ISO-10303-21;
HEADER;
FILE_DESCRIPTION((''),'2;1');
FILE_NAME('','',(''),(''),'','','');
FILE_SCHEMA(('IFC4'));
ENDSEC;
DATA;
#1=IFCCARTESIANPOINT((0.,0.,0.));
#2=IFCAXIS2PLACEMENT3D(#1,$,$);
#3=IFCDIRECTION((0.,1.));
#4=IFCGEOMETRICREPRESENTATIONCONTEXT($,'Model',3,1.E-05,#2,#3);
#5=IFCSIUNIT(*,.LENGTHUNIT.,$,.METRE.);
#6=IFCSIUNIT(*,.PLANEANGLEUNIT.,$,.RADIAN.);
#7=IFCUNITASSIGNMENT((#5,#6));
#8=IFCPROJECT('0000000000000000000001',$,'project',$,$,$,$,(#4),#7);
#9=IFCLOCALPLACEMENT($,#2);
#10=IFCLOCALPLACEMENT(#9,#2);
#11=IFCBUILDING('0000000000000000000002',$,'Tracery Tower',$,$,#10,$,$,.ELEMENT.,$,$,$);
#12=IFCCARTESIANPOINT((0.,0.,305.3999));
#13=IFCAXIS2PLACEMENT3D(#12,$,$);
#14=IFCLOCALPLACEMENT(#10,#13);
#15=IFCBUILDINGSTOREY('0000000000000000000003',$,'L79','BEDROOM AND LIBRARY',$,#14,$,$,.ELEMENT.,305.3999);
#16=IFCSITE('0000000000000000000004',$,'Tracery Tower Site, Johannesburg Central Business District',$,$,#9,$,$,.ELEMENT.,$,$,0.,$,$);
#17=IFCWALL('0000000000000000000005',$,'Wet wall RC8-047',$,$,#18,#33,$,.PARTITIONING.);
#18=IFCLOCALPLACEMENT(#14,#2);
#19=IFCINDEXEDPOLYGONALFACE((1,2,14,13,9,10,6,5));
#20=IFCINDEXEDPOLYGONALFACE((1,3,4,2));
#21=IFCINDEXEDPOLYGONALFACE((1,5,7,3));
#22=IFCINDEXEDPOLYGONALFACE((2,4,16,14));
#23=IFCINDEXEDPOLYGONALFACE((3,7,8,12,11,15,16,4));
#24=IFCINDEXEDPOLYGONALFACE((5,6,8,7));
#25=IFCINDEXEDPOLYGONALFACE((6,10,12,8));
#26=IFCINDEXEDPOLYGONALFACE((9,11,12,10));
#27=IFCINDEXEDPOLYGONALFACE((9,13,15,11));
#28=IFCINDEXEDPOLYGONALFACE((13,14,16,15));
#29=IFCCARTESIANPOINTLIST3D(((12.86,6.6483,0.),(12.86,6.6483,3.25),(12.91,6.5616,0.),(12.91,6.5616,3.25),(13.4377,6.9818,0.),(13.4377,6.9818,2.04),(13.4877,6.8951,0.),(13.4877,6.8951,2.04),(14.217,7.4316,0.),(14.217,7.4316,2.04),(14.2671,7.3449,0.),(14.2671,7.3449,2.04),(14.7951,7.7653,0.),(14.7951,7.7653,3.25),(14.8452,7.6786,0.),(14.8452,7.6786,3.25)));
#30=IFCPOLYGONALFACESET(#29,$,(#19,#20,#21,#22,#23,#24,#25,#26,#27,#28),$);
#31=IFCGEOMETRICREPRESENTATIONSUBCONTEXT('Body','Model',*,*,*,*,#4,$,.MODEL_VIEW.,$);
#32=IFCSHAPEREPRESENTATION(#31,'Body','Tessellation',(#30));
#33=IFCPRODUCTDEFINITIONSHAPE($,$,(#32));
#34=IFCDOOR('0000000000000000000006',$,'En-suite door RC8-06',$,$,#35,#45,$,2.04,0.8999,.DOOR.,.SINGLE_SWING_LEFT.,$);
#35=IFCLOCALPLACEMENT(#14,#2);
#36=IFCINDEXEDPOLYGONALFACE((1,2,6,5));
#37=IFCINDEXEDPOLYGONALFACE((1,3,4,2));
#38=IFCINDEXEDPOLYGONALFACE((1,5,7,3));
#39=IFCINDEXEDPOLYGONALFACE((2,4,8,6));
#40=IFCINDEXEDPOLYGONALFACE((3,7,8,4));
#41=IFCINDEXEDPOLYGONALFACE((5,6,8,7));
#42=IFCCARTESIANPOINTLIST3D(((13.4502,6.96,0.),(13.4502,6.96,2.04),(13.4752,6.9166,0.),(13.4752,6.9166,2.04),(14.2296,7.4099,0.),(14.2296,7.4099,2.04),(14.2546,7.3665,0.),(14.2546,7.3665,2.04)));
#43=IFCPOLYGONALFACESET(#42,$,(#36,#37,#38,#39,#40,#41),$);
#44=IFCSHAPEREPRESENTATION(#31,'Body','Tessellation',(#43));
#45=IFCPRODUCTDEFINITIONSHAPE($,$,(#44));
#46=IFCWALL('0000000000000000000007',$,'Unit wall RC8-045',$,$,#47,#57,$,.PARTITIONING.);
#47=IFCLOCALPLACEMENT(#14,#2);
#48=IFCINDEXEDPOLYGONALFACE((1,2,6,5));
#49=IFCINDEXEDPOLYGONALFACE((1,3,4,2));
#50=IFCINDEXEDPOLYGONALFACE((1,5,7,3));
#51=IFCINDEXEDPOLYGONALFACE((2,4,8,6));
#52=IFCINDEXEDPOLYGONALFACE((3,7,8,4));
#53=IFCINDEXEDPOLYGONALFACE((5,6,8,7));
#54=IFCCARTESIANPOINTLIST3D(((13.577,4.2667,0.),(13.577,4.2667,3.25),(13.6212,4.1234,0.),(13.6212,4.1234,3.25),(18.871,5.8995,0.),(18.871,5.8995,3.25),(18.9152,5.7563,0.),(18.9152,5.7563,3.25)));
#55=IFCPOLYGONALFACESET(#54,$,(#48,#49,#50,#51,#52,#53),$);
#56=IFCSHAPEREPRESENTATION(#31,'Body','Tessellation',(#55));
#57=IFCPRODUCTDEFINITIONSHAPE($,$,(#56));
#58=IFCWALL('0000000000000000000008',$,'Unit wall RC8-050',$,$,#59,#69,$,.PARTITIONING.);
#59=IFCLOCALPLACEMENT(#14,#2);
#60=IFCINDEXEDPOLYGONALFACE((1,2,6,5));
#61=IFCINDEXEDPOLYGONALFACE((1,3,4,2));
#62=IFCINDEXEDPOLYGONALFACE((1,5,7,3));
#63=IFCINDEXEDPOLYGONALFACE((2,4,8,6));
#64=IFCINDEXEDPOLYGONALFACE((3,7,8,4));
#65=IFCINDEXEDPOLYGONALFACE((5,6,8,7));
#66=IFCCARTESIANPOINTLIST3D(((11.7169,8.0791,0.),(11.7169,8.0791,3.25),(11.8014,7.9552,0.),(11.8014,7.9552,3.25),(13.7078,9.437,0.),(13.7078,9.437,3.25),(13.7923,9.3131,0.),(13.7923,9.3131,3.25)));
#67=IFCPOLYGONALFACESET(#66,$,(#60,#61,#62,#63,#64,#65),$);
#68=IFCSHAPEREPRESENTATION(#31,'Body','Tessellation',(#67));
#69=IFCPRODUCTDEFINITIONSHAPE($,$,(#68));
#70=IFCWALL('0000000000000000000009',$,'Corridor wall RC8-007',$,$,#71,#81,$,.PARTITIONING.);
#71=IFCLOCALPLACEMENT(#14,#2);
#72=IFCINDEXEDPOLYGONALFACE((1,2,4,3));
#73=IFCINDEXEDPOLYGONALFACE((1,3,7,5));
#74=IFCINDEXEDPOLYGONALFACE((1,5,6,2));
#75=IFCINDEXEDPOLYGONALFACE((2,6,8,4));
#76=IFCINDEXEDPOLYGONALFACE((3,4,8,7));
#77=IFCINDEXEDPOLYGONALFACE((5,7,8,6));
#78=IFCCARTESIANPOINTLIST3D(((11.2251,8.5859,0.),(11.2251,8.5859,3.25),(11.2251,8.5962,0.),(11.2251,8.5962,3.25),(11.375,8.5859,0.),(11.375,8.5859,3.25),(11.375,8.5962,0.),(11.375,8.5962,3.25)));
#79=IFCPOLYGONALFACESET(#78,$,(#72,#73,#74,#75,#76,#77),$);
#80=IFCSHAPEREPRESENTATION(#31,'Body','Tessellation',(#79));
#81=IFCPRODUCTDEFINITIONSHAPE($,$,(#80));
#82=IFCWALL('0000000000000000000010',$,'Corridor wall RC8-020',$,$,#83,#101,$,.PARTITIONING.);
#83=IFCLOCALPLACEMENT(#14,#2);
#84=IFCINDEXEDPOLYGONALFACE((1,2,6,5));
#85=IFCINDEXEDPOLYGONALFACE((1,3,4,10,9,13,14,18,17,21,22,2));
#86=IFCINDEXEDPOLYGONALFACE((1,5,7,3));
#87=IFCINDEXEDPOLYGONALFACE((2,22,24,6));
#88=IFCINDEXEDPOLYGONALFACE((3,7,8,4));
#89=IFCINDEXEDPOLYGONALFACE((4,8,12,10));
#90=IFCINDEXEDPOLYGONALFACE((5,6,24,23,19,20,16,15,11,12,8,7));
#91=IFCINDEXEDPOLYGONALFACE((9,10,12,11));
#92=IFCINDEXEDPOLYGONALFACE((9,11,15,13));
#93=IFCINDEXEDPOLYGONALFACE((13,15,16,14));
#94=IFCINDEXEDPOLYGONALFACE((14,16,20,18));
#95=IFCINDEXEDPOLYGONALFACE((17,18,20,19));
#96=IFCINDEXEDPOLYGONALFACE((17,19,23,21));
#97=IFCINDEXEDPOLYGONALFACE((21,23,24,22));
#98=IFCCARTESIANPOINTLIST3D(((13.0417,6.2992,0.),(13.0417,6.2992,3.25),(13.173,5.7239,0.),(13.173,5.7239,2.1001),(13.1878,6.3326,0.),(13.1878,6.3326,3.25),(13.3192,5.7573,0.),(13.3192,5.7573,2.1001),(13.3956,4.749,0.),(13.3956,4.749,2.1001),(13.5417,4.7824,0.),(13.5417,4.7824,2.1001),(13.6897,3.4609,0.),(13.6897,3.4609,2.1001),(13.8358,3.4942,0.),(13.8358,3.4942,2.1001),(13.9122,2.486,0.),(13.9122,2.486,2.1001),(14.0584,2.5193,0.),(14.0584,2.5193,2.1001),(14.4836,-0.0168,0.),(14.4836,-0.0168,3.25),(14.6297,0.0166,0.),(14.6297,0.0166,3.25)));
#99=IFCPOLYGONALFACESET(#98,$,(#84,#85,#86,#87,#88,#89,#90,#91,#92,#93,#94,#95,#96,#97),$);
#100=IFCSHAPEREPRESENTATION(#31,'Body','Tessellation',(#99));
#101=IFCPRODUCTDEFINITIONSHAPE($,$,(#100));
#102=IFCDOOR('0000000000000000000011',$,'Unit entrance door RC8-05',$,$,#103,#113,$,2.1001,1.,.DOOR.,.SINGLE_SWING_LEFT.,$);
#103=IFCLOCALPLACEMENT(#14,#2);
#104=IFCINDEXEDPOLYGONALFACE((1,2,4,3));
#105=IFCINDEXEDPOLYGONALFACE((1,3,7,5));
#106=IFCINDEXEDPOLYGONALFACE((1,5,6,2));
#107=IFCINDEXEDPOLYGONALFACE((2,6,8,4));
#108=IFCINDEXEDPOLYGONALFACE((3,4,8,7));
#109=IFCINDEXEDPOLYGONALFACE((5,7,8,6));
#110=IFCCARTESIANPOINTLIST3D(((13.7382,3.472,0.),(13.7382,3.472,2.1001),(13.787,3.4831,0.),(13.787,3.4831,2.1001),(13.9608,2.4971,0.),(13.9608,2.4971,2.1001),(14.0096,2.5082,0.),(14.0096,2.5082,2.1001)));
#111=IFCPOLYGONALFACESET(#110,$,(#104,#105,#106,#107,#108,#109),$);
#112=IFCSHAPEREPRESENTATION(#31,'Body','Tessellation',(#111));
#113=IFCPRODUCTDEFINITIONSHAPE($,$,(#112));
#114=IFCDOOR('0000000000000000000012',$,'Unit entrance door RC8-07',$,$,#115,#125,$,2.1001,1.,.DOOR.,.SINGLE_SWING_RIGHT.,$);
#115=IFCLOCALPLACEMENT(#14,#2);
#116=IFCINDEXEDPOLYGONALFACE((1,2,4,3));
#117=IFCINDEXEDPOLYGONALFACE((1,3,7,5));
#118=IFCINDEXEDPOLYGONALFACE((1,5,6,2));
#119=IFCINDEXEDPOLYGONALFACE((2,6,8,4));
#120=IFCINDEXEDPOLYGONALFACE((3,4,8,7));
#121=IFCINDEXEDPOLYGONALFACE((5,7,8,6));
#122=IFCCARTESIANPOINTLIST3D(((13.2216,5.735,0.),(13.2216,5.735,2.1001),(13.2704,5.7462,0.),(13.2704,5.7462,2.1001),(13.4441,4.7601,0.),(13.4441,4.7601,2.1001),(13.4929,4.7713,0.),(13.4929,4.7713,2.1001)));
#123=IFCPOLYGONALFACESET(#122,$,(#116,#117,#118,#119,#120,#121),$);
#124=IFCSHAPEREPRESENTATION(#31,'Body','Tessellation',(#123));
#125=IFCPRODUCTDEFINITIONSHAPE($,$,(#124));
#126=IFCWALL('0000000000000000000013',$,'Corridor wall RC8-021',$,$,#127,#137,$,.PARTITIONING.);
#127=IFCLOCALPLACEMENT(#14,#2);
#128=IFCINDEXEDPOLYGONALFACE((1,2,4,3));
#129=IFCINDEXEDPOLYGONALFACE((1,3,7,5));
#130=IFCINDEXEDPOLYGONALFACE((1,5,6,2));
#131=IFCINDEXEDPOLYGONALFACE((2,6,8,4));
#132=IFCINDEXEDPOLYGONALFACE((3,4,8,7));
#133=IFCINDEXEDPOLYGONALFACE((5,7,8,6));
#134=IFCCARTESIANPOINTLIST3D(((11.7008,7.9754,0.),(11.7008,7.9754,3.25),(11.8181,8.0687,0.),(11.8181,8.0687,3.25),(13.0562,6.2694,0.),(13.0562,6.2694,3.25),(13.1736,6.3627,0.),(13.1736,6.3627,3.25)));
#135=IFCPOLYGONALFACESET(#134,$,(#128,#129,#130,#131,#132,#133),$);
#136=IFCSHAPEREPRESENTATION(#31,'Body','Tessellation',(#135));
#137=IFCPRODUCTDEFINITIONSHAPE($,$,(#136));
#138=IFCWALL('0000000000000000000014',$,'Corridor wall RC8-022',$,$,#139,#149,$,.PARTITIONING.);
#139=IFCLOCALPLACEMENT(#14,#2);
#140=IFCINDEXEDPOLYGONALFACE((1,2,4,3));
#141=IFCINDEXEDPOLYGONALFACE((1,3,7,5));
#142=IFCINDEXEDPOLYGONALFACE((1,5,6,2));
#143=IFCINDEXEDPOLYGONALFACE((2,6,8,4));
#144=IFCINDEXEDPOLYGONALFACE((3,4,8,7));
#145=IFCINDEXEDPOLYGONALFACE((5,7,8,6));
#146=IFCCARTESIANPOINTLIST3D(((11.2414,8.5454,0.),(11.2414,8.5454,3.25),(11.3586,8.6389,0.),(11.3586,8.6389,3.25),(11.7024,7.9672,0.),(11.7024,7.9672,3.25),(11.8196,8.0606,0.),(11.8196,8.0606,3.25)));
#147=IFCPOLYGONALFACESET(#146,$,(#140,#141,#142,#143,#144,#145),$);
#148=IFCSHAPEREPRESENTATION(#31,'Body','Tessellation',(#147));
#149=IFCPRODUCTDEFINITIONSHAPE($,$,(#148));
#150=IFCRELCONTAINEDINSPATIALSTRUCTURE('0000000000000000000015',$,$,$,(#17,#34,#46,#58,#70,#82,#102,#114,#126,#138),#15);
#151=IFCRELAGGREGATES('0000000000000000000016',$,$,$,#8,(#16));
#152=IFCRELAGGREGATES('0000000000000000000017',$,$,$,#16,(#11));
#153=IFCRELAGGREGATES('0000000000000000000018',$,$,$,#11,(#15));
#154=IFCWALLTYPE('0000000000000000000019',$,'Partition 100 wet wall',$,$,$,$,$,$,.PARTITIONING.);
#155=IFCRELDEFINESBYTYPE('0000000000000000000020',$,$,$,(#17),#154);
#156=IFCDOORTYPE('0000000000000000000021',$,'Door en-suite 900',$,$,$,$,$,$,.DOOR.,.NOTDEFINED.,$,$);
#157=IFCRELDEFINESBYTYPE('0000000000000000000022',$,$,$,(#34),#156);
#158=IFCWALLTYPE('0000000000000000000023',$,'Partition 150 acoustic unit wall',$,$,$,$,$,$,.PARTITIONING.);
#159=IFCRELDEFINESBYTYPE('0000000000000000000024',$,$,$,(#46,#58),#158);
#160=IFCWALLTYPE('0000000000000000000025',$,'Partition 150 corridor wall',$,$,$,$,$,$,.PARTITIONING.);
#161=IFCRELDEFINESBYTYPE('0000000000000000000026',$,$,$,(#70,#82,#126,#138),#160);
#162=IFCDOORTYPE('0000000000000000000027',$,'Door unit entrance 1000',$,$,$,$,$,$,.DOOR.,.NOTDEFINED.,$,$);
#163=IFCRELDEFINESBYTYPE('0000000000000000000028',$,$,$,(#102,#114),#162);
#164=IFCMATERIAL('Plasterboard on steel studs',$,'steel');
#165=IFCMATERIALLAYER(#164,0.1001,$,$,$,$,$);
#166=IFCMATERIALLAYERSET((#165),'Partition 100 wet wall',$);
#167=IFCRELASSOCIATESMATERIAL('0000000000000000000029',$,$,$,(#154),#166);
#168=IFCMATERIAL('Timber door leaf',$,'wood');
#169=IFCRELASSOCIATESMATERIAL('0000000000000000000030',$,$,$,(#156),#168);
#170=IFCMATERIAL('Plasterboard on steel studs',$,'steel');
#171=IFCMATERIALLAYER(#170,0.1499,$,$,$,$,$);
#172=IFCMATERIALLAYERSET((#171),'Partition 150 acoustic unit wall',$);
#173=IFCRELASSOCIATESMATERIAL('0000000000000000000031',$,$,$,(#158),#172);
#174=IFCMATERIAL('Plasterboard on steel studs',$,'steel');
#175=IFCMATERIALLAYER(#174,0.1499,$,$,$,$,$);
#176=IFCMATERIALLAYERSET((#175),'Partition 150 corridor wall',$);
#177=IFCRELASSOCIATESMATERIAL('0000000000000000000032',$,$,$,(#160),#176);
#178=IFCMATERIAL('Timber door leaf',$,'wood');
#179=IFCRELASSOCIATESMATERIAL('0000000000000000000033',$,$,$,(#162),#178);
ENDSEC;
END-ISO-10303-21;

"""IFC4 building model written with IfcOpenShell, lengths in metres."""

from ifc_helpers import new_model, si_unit, direction, frame, frame_2d, origin, place, context, subcontext, project, spatial, rectangle, extrude, material, layer, layer_set, type_object, element, fill, save


model = new_model("IFC4")

# Units and contexts
model_context = context("Model", 3, precision=1e-05, world=origin(), true_north=direction((0.0, 1.0)))
body_context = subcontext(model_context, "Body", "Model", "MODEL_VIEW")
ifc_project = project(units=[si_unit("LENGTHUNIT", "METRE"), si_unit("PLANEANGLEUNIT", "RADIAN")], contexts=[model_context])

# Site, building, storey
site_placement = place(None, origin())
site = spatial("IfcSite", under=ifc_project, at=site_placement, Name="Tracery Tower Site, Johannesburg Central Business District", CompositionType="ELEMENT", RefElevation=0.0)
building_placement = place(site_placement, origin())
building = spatial("IfcBuilding", under=site, at=building_placement, Name="Tracery Tower", CompositionType="ELEMENT")
storey_placement = place(building_placement, frame((0.0, 0.0, 305.3999)))
storey = spatial("IfcBuildingStorey", under=building, at=storey_placement, Name="L79", Description="BEDROOM AND LIBRARY", CompositionType="ELEMENT", Elevation=305.3999)

# Shared definitions
ifc_material_1 = material(Name="Plasterboard on steel studs", Category="steel")
ifc_layer_1 = layer(ifc_material_1, 0.1001)
ifc_layer_set_1 = layer_set([ifc_layer_1], Name="Partition 100 wet wall")
wall_type_1 = type_object("IfcWallType", Name="Partition 100 wet wall", PredefinedType="PARTITIONING", material=ifc_layer_set_1)

# Wall, opening, door
ifc_material_2 = material(Name="Timber door leaf", Category="wood")
door_type_1 = type_object("IfcDoorType", Name="Door en-suite 900", OperationType="NOTDEFINED", PredefinedType="DOOR", material=ifc_material_2)
wall_1_placement = place(storey_placement, frame((12.885, 6.605, 0.0), z_axis=(0.0, 0.0, 1.0), x_axis=(0.866076, 0.499912, 0.0)))
wall_1 = element("IfcWall", 1, at=wall_1_placement, inside=storey, type_object=wall_type_1, Name="Wet wall RC8-047", PredefinedType="PARTITIONING", context=body_context, shape_type="SweptSolid", body=[
    extrude(rectangle(XDim=2.2344, YDim=0.1001, at=frame_2d((1.1172, 0.0))), origin(), (0.0, 0.0, 1.0), 3.25),
])
opening_1_placement = place(wall_1_placement, frame((0.667, 0.0, 0.0)))
opening_1 = element("IfcOpeningElement", 2, at=opening_1_placement, cuts=wall_1, PredefinedType="OPENING", context=body_context, shape_type="SweptSolid", body=[
    extrude(rectangle(XDim=0.8999, YDim=2.04, at=frame_2d((0.45, 1.02))), frame((0.0, 0.05, 0.0), z_axis=(0.0, -1.0, 0.0), x_axis=(1.0, 0.0, 0.0)), (0.0, 0.0, 1.0), 0.1001),
])
door_1_placement = place(opening_1_placement, origin())
door_1 = element("IfcDoor", 3, at=door_1_placement, inside=storey, type_object=door_type_1, Name="En-suite door RC8-06", OperationType="SINGLE_SWING_LEFT", OverallHeight=2.04, OverallWidth=0.8999, PredefinedType="DOOR", context=body_context, shape_type="SweptSolid", body=[
    extrude(rectangle(XDim=0.8999, YDim=2.04, at=frame_2d((0.45, 1.02))), frame((0.0, 0.0249, 0.0), z_axis=(0.0, -1.0, 0.0), x_axis=(1.0, 0.0, 0.0)), (0.0, 0.0, 1.0), 0.05),
])
fill(opening_1, door_1)

# Walls
ifc_material_3 = material(Name="Plasterboard on steel studs", Category="steel")
ifc_layer_2 = layer(ifc_material_3, 0.1499)
ifc_layer_set_2 = layer_set([ifc_layer_2], Name="Partition 150 acoustic unit wall")
wall_type_2 = type_object("IfcWallType", Name="Partition 150 acoustic unit wall", PredefinedType="PARTITIONING", material=ifc_layer_set_2)
wall_2_placement = place(storey_placement, frame((13.5991, 4.1951, 0.0), z_axis=(0.0, 0.0, 1.0), x_axis=(0.955581, 0.29473, 0.0)))
element("IfcWall", 4, at=wall_2_placement, inside=storey, type_object=wall_type_2, Name="Unit wall RC8-045", PredefinedType="PARTITIONING", context=body_context, shape_type="SweptSolid", body=[
    extrude(rectangle(XDim=5.54, YDim=0.1499, at=frame_2d((2.77, 0.0))), origin(), (0.0, 0.0, 1.0), 3.25),
])
wall_3_placement = place(storey_placement, frame((11.759, 8.0171, 0.0), z_axis=(0.0, 0.0, 1.0), x_axis=(0.826144, 0.563459, 0.0)))
element("IfcWall", 5, at=wall_3_placement, inside=storey, type_object=wall_type_2, Name="Unit wall RC8-050", PredefinedType="PARTITIONING", context=body_context, shape_type="SweptSolid", body=[
    extrude(rectangle(XDim=2.4099, YDim=0.1499, at=frame_2d((1.2051, 0.0))), origin(), (0.0, 0.0, 1.0), 3.25),
])
ifc_material_4 = material(Name="Plasterboard on steel studs", Category="steel")
ifc_layer_3 = layer(ifc_material_4, 0.1499)
ifc_layer_set_3 = layer_set([ifc_layer_3], Name="Partition 150 corridor wall")
wall_type_3 = type_object("IfcWallType", Name="Partition 150 corridor wall", PredefinedType="PARTITIONING", material=ifc_layer_set_3)
wall_4_placement = place(storey_placement, frame((11.3, 8.5859, 0.0), z_axis=(0.0, 0.0, 1.0), x_axis=(0.0, 1.0, 0.0)))
element("IfcWall", 6, at=wall_4_placement, inside=storey, type_object=wall_type_3, Name="Corridor wall RC8-007", PredefinedType="PARTITIONING", context=body_context, shape_type="SweptSolid", body=[
    extrude(rectangle(XDim=0.0103, YDim=0.1499, at=frame_2d((0.0051, 0.0))), origin(), (0.0, 0.0, 1.0), 3.25),
])

# Wall, openings, doors
wall_5_placement = place(storey_placement, frame((13.1147, 6.3159, 0.0), z_axis=(0.0, 0.0, 1.0), x_axis=(0.222569, -0.974917, 0.0)))
wall_5 = element("IfcWall", 7, at=wall_5_placement, inside=storey, type_object=wall_type_3, Name="Corridor wall RC8-020", PredefinedType="PARTITIONING", context=body_context, shape_type="SweptSolid", body=[
    extrude(rectangle(XDim=6.4785, YDim=0.1499, at=frame_2d((3.2393, 0.0))), origin(), (0.0, 0.0, 1.0), 3.25),
])
opening_2_placement = place(wall_5_placement, frame((2.9114, 0.0, 0.0)))
opening_2 = element("IfcOpeningElement", 8, at=opening_2_placement, cuts=wall_5, PredefinedType="OPENING", context=body_context, shape_type="SweptSolid", body=[
    extrude(rectangle(XDim=1.0, YDim=2.1001, at=frame_2d((0.5, 1.05))), frame((0.0, 0.075, 0.0), z_axis=(0.0, -1.0, 0.0), x_axis=(1.0, 0.0, 0.0)), (0.0, 0.0, 1.0), 0.1499),
])
opening_3_placement = place(wall_5_placement, frame((0.5901, 0.0, 0.0)))
opening_3 = element("IfcOpeningElement", 9, at=opening_3_placement, cuts=wall_5, PredefinedType="OPENING", context=body_context, shape_type="SweptSolid", body=[
    extrude(rectangle(XDim=1.0, YDim=2.1001, at=frame_2d((0.5, 1.05))), frame((0.0, 0.075, 0.0), z_axis=(0.0, -1.0, 0.0), x_axis=(1.0, 0.0, 0.0)), (0.0, 0.0, 1.0), 0.1499),
])
ifc_material_5 = material(Name="Timber door leaf", Category="wood")
door_type_2 = type_object("IfcDoorType", Name="Door unit entrance 1000", OperationType="NOTDEFINED", PredefinedType="DOOR", material=ifc_material_5)
door_2_placement = place(opening_2_placement, origin())
door_2 = element("IfcDoor", 10, at=door_2_placement, inside=storey, type_object=door_type_2, Name="Unit entrance door RC8-05", OperationType="SINGLE_SWING_LEFT", OverallHeight=2.1001, OverallWidth=1.0, PredefinedType="DOOR", context=body_context, shape_type="SweptSolid", body=[
    extrude(rectangle(XDim=1.0, YDim=2.1001, at=frame_2d((0.5, 1.05))), frame((0.0, 0.0249, 0.0), z_axis=(0.0, -1.0, 0.0), x_axis=(1.0, 0.0, 0.0)), (0.0, 0.0, 1.0), 0.05),
])
fill(opening_2, door_2)
door_3_placement = place(opening_3_placement, origin())
door_3 = element("IfcDoor", 11, at=door_3_placement, inside=storey, type_object=door_type_2, Name="Unit entrance door RC8-07", OperationType="SINGLE_SWING_RIGHT", OverallHeight=2.1001, OverallWidth=1.0, PredefinedType="DOOR", context=body_context, shape_type="SweptSolid", body=[
    extrude(rectangle(XDim=1.0, YDim=2.1001, at=frame_2d((0.5, 1.05))), frame((0.0, 0.0249, 0.0), z_axis=(0.0, -1.0, 0.0), x_axis=(1.0, 0.0, 0.0)), (0.0, 0.0, 1.0), 0.05),
])
fill(opening_3, door_3)

# Walls
wall_6_placement = place(storey_placement, frame((11.7595, 8.022, 0.0), z_axis=(0.0, 0.0, 1.0), x_axis=(0.622068, -0.782963, 0.0)))
element("IfcWall", 12, at=wall_6_placement, inside=storey, type_object=wall_type_3, Name="Corridor wall RC8-021", PredefinedType="PARTITIONING", context=body_context, shape_type="SweptSolid", body=[
    extrude(rectangle(XDim=2.179, YDim=0.1499, at=frame_2d((1.0894, 0.0))), origin(), (0.0, 0.0, 1.0), 3.25),
])
wall_7_placement = place(storey_placement, frame((11.3, 8.592, 0.0), z_axis=(0.0, 0.0, 1.0), x_axis=(0.623406, -0.781899, 0.0)))
element("IfcWall", 13, at=wall_7_placement, inside=storey, type_object=wall_type_3, Name="Corridor wall RC8-022", PredefinedType="PARTITIONING", context=body_context, shape_type="SweptSolid", body=[
    extrude(rectangle(XDim=0.7395, YDim=0.1499, at=frame_2d((0.3696, 0.0))), origin(), (0.0, 0.0, 1.0), 3.25),
])

save(model, "model.ifc")
